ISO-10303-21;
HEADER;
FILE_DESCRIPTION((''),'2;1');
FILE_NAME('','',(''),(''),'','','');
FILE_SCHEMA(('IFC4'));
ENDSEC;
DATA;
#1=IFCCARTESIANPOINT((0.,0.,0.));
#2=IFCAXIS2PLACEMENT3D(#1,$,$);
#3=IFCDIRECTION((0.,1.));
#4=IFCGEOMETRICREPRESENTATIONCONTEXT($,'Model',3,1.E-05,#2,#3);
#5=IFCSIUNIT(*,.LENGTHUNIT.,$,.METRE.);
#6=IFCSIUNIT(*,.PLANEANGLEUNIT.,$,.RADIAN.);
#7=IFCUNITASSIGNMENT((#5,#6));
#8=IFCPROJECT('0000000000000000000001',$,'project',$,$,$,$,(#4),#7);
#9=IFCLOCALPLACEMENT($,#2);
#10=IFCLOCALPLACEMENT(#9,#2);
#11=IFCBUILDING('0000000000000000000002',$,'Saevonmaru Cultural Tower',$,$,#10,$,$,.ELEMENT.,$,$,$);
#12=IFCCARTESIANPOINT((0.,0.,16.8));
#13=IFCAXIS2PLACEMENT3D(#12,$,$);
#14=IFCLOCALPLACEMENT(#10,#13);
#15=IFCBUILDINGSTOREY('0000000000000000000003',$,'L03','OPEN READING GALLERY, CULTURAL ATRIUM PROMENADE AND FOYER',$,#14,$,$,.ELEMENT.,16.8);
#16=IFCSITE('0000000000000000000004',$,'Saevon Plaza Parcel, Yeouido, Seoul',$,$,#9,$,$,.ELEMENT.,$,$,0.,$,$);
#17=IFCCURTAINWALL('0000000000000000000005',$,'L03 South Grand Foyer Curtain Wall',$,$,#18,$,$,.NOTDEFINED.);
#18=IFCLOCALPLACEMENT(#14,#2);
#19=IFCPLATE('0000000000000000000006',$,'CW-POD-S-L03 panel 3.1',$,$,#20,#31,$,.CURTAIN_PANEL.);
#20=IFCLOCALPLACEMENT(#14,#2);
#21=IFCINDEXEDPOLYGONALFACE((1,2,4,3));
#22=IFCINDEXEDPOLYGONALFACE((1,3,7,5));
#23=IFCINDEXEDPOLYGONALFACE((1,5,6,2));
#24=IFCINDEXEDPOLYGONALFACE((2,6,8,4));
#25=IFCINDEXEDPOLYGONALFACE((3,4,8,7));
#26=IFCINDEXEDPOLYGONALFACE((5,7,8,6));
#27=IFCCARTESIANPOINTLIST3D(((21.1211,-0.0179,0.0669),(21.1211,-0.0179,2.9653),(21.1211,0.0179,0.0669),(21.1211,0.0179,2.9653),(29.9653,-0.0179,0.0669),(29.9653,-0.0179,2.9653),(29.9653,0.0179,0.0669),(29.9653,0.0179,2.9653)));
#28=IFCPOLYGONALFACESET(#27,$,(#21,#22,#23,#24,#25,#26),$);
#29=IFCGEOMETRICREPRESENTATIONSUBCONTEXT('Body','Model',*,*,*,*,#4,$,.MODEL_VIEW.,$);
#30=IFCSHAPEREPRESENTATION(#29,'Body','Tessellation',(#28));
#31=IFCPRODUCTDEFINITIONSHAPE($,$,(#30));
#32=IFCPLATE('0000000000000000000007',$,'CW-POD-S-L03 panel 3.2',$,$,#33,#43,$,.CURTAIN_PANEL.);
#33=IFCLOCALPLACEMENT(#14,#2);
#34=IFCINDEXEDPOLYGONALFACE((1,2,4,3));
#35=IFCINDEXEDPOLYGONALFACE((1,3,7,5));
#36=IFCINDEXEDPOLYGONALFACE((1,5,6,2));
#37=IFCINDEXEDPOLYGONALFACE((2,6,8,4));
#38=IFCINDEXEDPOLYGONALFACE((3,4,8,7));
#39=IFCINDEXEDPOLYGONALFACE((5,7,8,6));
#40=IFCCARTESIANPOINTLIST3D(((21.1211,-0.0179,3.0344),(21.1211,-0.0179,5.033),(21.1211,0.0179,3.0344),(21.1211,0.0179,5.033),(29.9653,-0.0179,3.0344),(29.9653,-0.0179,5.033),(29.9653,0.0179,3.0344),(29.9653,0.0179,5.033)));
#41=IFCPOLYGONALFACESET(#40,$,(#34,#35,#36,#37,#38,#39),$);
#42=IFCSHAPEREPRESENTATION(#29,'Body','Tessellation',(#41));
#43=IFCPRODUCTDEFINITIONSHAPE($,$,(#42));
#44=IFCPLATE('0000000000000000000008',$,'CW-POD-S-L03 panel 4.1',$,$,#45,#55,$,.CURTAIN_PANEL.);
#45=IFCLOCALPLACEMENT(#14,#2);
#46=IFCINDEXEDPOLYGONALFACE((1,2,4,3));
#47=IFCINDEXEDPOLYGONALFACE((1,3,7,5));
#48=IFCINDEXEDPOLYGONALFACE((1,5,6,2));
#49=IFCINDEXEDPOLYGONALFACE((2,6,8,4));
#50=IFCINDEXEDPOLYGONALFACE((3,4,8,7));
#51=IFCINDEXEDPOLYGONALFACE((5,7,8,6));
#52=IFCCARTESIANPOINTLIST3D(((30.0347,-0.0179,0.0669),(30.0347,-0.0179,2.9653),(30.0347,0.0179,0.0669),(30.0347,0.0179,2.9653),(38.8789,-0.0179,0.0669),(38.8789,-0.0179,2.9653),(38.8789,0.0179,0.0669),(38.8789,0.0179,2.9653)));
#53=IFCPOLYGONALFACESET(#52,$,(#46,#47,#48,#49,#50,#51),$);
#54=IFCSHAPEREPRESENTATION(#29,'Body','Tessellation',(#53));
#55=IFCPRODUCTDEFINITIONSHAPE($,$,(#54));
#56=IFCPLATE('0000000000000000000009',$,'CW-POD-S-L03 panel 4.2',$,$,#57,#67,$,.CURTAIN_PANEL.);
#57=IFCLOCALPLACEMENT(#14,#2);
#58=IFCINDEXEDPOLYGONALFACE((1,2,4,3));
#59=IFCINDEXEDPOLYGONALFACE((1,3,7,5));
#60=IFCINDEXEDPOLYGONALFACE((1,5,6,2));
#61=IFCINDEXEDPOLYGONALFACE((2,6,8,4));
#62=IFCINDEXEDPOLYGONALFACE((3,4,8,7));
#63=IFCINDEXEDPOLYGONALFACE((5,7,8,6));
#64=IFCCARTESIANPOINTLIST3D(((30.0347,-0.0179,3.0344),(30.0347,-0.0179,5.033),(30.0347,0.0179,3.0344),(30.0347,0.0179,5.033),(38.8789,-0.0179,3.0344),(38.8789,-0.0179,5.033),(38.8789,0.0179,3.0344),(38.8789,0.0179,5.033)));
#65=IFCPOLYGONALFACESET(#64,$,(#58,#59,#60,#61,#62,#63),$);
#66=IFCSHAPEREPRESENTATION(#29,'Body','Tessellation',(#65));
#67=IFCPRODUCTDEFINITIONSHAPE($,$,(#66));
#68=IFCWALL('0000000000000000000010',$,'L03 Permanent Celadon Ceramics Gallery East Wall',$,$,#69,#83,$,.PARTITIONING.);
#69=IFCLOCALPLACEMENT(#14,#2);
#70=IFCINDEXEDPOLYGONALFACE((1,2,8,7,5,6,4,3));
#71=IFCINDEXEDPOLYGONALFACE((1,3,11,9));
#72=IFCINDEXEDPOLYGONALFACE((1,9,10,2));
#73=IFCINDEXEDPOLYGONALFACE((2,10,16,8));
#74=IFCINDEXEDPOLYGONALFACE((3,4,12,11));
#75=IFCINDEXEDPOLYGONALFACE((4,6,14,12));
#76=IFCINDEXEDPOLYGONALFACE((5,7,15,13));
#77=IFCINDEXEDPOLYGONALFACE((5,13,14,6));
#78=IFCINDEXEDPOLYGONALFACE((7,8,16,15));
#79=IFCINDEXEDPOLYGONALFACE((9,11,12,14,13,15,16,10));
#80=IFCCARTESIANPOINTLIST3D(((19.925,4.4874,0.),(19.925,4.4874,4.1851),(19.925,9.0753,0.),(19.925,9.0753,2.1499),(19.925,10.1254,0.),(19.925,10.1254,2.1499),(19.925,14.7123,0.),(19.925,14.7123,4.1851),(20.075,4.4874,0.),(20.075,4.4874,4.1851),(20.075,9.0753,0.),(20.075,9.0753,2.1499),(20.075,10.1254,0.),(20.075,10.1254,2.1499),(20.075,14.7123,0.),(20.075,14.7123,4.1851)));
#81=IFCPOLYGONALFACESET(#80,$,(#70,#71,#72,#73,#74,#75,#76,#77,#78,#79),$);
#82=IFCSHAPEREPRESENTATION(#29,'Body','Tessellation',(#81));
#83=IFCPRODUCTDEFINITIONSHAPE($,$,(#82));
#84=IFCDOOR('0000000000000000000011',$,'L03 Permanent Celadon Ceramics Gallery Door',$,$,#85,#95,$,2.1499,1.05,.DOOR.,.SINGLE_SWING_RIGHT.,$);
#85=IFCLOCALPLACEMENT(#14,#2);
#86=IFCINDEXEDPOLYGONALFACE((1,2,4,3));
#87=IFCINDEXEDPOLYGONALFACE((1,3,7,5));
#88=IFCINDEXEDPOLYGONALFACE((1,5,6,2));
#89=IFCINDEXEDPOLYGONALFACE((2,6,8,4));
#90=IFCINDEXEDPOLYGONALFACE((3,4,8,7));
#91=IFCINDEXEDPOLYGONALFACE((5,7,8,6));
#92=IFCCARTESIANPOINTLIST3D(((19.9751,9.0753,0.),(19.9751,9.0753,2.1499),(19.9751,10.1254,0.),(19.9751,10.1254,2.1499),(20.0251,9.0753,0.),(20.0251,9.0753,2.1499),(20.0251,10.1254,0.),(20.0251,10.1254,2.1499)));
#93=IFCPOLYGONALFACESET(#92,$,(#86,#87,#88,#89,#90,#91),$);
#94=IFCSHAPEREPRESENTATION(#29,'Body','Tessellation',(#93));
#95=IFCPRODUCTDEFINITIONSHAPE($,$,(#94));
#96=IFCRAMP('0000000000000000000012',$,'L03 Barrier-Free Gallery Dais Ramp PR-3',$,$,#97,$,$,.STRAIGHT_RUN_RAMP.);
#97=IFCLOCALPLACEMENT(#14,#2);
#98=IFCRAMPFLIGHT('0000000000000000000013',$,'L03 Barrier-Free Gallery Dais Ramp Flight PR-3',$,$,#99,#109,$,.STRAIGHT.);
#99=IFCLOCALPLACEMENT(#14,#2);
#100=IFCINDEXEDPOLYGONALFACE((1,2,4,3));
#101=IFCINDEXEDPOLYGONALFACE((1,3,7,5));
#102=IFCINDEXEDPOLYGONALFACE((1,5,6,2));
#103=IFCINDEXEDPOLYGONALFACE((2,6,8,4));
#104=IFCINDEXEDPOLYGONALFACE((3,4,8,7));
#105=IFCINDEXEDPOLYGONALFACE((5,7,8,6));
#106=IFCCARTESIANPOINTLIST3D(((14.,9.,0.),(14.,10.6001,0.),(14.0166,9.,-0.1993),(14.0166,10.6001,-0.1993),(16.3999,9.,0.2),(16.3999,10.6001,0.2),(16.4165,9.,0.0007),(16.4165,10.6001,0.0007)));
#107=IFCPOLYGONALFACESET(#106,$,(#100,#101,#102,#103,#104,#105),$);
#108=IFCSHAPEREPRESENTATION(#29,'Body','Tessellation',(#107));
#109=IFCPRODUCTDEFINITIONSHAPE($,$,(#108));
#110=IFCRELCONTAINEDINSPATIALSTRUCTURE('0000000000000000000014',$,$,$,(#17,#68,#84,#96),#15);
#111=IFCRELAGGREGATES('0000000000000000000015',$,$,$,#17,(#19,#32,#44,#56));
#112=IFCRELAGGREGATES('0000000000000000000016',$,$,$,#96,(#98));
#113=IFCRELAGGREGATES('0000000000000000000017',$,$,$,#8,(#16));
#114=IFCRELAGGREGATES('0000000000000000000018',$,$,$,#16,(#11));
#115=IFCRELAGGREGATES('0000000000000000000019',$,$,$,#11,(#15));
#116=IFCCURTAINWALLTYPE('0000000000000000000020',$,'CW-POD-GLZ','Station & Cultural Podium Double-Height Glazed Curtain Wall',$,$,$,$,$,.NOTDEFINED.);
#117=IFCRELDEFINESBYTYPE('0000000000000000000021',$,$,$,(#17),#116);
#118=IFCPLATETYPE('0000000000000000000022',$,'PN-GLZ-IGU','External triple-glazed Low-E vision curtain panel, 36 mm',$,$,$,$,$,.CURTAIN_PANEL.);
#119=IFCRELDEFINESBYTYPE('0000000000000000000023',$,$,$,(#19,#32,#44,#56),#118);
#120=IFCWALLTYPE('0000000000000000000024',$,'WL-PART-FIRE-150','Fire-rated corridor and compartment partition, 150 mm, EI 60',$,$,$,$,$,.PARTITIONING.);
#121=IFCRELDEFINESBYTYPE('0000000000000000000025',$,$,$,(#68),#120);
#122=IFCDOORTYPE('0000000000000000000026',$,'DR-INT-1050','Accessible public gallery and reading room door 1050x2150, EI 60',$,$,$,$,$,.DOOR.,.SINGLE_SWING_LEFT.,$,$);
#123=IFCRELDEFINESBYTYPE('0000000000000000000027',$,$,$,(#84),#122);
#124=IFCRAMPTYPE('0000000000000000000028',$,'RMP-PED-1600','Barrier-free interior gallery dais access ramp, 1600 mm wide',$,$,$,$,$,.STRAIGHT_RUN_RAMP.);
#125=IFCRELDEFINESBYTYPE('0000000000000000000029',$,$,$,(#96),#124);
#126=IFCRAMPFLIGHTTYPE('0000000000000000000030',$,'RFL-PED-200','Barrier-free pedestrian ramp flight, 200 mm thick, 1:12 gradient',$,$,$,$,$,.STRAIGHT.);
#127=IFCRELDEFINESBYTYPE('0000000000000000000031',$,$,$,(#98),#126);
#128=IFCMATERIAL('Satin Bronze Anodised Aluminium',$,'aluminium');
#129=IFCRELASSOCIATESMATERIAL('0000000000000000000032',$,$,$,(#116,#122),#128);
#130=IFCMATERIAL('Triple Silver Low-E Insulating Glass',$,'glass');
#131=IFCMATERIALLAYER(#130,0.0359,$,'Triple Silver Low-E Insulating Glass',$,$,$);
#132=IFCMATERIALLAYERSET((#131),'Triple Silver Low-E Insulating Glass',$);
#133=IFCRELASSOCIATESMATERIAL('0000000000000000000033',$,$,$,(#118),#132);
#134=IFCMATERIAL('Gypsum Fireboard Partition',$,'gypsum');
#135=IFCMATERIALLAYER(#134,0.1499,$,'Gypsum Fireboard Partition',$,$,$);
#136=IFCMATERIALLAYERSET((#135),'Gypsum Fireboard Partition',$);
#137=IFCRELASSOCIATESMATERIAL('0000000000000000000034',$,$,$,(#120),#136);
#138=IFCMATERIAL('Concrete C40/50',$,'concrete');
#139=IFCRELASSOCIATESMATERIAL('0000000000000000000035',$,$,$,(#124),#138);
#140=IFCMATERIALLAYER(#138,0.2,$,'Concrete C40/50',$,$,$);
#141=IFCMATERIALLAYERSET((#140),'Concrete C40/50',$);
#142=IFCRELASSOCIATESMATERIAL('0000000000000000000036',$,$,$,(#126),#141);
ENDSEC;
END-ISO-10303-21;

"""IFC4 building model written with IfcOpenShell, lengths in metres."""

from ifc_helpers import new_model, si_unit, direction, frame, frame_2d, origin, origin_2d, place, context, subcontext, project, spatial, polyline, rectangle, outline, extrude, material, layer, layer_set, type_object, element, fill, aggregate, save


model = new_model("IFC4")

# Units and contexts
model_context = context("Model", 3, precision=1e-05, world=origin(), true_north=direction((0.0, 1.0)))
body_context = subcontext(model_context, "Body", "Model", "MODEL_VIEW")
ifc_project = project(units=[si_unit("LENGTHUNIT", "METRE"), si_unit("PLANEANGLEUNIT", "RADIAN")], contexts=[model_context])

# Site, building, storey
site_placement = place(None, origin())
site = spatial("IfcSite", under=ifc_project, at=site_placement, Name="Saevon Plaza Parcel, Yeouido, Seoul", CompositionType="ELEMENT", RefElevation=0.0)
building_placement = place(site_placement, origin())
building = spatial("IfcBuilding", under=site, at=building_placement, Name="Saevonmaru Cultural Tower", CompositionType="ELEMENT")
storey_placement = place(building_placement, frame((0.0, 0.0, 16.8)))
storey = spatial("IfcBuildingStorey", under=building, at=storey_placement, Name="L03", Description="OPEN READING GALLERY, CULTURAL ATRIUM PROMENADE AND FOYER", CompositionType="ELEMENT", Elevation=16.8)

# Curtain wall, plates
ifc_material_1 = material(Name="Satin Bronze Anodised Aluminium", Category="aluminium")
curtain_wall_type = type_object("IfcCurtainWallType", Name="CW-POD-GLZ", Description="Station & Cultural Podium Double-Height Glazed Curtain Wall", PredefinedType="NOTDEFINED", material=ifc_material_1)
curtain_wall_placement = place(storey_placement, origin())
curtain_wall = element("IfcCurtainWall", 1, at=curtain_wall_placement, inside=storey, type_object=curtain_wall_type, Name="L03 South Grand Foyer Curtain Wall", PredefinedType="NOTDEFINED")
ifc_material_2 = material(Name="Triple Silver Low-E Insulating Glass", Category="glass")
ifc_layer_1 = layer(ifc_material_2, 0.0359, Name="Triple Silver Low-E Insulating Glass")
ifc_layer_set_1 = layer_set([ifc_layer_1], Name="Triple Silver Low-E Insulating Glass")
plate_type = type_object("IfcPlateType", Name="PN-GLZ-IGU", Description="External triple-glazed Low-E vision curtain panel, 36 mm", PredefinedType="CURTAIN_PANEL", material=ifc_layer_set_1)
plate_1_placement = place(storey_placement, frame((25.5432, 0.0, 0.0669), z_axis=(0.0, 0.0, 1.0), x_axis=(1.0, 0.0, 0.0)))
plate_1 = element("IfcPlate", 2, at=plate_1_placement, type_object=plate_type, Name="CW-POD-S-L03 panel 3.1", PredefinedType="CURTAIN_PANEL", context=body_context, shape_type="SweptSolid", body=[
    extrude(rectangle(XDim=8.8442, YDim=0.0359, at=origin_2d()), origin(), (0.0, 0.0, 1.0), 2.8984),
])
plate_2_placement = place(storey_placement, frame((25.5432, 0.0, 3.0344), z_axis=(0.0, 0.0, 1.0), x_axis=(1.0, 0.0, 0.0)))
plate_2 = element("IfcPlate", 3, at=plate_2_placement, type_object=plate_type, Name="CW-POD-S-L03 panel 3.2", PredefinedType="CURTAIN_PANEL", context=body_context, shape_type="SweptSolid", body=[
    extrude(rectangle(XDim=8.8442, YDim=0.0359, at=origin_2d()), origin(), (0.0, 0.0, 1.0), 1.9985),
])
plate_3_placement = place(storey_placement, frame((34.4568, 0.0, 0.0669), z_axis=(0.0, 0.0, 1.0), x_axis=(1.0, 0.0, 0.0)))
plate_3 = element("IfcPlate", 4, at=plate_3_placement, type_object=plate_type, Name="CW-POD-S-L03 panel 4.1", PredefinedType="CURTAIN_PANEL", context=body_context, shape_type="SweptSolid", body=[
    extrude(rectangle(XDim=8.8442, YDim=0.0359, at=origin_2d()), origin(), (0.0, 0.0, 1.0), 2.8984),
])
plate_4_placement = place(storey_placement, frame((34.4568, 0.0, 3.0344), z_axis=(0.0, 0.0, 1.0), x_axis=(1.0, 0.0, 0.0)))
plate_4 = element("IfcPlate", 5, at=plate_4_placement, type_object=plate_type, Name="CW-POD-S-L03 panel 4.2", PredefinedType="CURTAIN_PANEL", context=body_context, shape_type="SweptSolid", body=[
    extrude(rectangle(XDim=8.8442, YDim=0.0359, at=origin_2d()), origin(), (0.0, 0.0, 1.0), 1.9985),
])
aggregate(curtain_wall, [plate_1, plate_2, plate_3, plate_4])

# Wall, opening, door
ifc_material_3 = material(Name="Gypsum Fireboard Partition", Category="gypsum")
ifc_layer_2 = layer(ifc_material_3, 0.1499, Name="Gypsum Fireboard Partition")
ifc_layer_set_2 = layer_set([ifc_layer_2], Name="Gypsum Fireboard Partition")
wall_type = type_object("IfcWallType", Name="WL-PART-FIRE-150", Description="Fire-rated corridor and compartment partition, 150 mm, EI 60", PredefinedType="PARTITIONING", material=ifc_layer_set_2)
wall_placement = place(storey_placement, frame((20.0, 4.4875, 0.0), z_axis=(0.0, 0.0, 1.0), x_axis=(0.0, 1.0, 0.0)))
wall = element("IfcWall", 6, at=wall_placement, inside=storey, type_object=wall_type, Name="L03 Permanent Celadon Ceramics Gallery East Wall", PredefinedType="PARTITIONING", context=body_context, shape_type="SweptSolid", body=[
    extrude(rectangle(XDim=10.2249, YDim=0.1499, at=frame_2d((5.1123, 0.0))), origin(), (0.0, 0.0, 1.0), 4.1851),
])
opening_placement = place(wall_placement, frame((4.5879, 0.0, 0.0)))
opening = element("IfcOpeningElement", 7, at=opening_placement, cuts=wall, PredefinedType="OPENING", context=body_context, shape_type="SweptSolid", body=[
    extrude(rectangle(XDim=1.05, YDim=2.1499, at=frame_2d((0.5249, 1.075))), frame((0.0, 0.085, 0.0), z_axis=(0.0, -1.0, 0.0), x_axis=(1.0, 0.0, 0.0)), (0.0, 0.0, 1.0), 0.1699),
])
door_type = type_object("IfcDoorType", Name="DR-INT-1050", Description="Accessible public gallery and reading room door 1050x2150, EI 60", OperationType="SINGLE_SWING_LEFT", PredefinedType="DOOR", material=ifc_material_1)
door_placement = place(opening_placement, origin())
door = element("IfcDoor", 8, at=door_placement, inside=storey, type_object=door_type, Name="L03 Permanent Celadon Ceramics Gallery Door", OperationType="SINGLE_SWING_RIGHT", OverallHeight=2.1499, OverallWidth=1.05, PredefinedType="DOOR", context=body_context, shape_type="SweptSolid", body=[
    extrude(rectangle(XDim=1.05, YDim=2.1499, at=frame_2d((0.5249, 1.075))), frame((0.0, 0.0249, 0.0), z_axis=(0.0, -1.0, 0.0), x_axis=(1.0, 0.0, 0.0)), (0.0, 0.0, 1.0), 0.05),
])
fill(opening, door)

# Ramp, ramp flight
ifc_material_4 = material(Name="Concrete C40/50", Category="concrete")
ramp_type = type_object("IfcRampType", Name="RMP-PED-1600", Description="Barrier-free interior gallery dais access ramp, 1600 mm wide", PredefinedType="STRAIGHT_RUN_RAMP", material=ifc_material_4)
ramp_placement = place(storey_placement, origin())
ramp = element("IfcRamp", 9, at=ramp_placement, inside=storey, type_object=ramp_type, Name="L03 Barrier-Free Gallery Dais Ramp PR-3", PredefinedType="STRAIGHT_RUN_RAMP")
ifc_layer_3 = layer(ifc_material_4, 0.2, Name="Concrete C40/50")
ifc_layer_set_3 = layer_set([ifc_layer_3], Name="Concrete C40/50")
ramp_flight_type = type_object("IfcRampFlightType", Name="RFL-PED-200", Description="Barrier-free pedestrian ramp flight, 200 mm thick, 1:12 gradient", PredefinedType="STRAIGHT", material=ifc_layer_set_3)
ramp_flight_placement = place(storey_placement, frame((14.0, 9.0, 0.0), z_axis=(-0.083029, 0.0, 0.996547), x_axis=(0.996547, 0.0, 0.083029)))
ramp_flight = element("IfcRampFlight", 10, at=ramp_flight_placement, type_object=ramp_flight_type, Name="L03 Barrier-Free Gallery Dais Ramp Flight PR-3", PredefinedType="STRAIGHT", context=body_context, shape_type="SweptSolid", body=[
    extrude(outline(polyline([(0.0, 0.0), (2.4082, 0.0), (2.4082, 1.6001), (0.0, 1.6001), (0.0, 0.0)])), origin(), (0.0, 0.0, -1.0), 0.2),
])
aggregate(ramp, [ramp_flight])

save(model, "model.ifc")
